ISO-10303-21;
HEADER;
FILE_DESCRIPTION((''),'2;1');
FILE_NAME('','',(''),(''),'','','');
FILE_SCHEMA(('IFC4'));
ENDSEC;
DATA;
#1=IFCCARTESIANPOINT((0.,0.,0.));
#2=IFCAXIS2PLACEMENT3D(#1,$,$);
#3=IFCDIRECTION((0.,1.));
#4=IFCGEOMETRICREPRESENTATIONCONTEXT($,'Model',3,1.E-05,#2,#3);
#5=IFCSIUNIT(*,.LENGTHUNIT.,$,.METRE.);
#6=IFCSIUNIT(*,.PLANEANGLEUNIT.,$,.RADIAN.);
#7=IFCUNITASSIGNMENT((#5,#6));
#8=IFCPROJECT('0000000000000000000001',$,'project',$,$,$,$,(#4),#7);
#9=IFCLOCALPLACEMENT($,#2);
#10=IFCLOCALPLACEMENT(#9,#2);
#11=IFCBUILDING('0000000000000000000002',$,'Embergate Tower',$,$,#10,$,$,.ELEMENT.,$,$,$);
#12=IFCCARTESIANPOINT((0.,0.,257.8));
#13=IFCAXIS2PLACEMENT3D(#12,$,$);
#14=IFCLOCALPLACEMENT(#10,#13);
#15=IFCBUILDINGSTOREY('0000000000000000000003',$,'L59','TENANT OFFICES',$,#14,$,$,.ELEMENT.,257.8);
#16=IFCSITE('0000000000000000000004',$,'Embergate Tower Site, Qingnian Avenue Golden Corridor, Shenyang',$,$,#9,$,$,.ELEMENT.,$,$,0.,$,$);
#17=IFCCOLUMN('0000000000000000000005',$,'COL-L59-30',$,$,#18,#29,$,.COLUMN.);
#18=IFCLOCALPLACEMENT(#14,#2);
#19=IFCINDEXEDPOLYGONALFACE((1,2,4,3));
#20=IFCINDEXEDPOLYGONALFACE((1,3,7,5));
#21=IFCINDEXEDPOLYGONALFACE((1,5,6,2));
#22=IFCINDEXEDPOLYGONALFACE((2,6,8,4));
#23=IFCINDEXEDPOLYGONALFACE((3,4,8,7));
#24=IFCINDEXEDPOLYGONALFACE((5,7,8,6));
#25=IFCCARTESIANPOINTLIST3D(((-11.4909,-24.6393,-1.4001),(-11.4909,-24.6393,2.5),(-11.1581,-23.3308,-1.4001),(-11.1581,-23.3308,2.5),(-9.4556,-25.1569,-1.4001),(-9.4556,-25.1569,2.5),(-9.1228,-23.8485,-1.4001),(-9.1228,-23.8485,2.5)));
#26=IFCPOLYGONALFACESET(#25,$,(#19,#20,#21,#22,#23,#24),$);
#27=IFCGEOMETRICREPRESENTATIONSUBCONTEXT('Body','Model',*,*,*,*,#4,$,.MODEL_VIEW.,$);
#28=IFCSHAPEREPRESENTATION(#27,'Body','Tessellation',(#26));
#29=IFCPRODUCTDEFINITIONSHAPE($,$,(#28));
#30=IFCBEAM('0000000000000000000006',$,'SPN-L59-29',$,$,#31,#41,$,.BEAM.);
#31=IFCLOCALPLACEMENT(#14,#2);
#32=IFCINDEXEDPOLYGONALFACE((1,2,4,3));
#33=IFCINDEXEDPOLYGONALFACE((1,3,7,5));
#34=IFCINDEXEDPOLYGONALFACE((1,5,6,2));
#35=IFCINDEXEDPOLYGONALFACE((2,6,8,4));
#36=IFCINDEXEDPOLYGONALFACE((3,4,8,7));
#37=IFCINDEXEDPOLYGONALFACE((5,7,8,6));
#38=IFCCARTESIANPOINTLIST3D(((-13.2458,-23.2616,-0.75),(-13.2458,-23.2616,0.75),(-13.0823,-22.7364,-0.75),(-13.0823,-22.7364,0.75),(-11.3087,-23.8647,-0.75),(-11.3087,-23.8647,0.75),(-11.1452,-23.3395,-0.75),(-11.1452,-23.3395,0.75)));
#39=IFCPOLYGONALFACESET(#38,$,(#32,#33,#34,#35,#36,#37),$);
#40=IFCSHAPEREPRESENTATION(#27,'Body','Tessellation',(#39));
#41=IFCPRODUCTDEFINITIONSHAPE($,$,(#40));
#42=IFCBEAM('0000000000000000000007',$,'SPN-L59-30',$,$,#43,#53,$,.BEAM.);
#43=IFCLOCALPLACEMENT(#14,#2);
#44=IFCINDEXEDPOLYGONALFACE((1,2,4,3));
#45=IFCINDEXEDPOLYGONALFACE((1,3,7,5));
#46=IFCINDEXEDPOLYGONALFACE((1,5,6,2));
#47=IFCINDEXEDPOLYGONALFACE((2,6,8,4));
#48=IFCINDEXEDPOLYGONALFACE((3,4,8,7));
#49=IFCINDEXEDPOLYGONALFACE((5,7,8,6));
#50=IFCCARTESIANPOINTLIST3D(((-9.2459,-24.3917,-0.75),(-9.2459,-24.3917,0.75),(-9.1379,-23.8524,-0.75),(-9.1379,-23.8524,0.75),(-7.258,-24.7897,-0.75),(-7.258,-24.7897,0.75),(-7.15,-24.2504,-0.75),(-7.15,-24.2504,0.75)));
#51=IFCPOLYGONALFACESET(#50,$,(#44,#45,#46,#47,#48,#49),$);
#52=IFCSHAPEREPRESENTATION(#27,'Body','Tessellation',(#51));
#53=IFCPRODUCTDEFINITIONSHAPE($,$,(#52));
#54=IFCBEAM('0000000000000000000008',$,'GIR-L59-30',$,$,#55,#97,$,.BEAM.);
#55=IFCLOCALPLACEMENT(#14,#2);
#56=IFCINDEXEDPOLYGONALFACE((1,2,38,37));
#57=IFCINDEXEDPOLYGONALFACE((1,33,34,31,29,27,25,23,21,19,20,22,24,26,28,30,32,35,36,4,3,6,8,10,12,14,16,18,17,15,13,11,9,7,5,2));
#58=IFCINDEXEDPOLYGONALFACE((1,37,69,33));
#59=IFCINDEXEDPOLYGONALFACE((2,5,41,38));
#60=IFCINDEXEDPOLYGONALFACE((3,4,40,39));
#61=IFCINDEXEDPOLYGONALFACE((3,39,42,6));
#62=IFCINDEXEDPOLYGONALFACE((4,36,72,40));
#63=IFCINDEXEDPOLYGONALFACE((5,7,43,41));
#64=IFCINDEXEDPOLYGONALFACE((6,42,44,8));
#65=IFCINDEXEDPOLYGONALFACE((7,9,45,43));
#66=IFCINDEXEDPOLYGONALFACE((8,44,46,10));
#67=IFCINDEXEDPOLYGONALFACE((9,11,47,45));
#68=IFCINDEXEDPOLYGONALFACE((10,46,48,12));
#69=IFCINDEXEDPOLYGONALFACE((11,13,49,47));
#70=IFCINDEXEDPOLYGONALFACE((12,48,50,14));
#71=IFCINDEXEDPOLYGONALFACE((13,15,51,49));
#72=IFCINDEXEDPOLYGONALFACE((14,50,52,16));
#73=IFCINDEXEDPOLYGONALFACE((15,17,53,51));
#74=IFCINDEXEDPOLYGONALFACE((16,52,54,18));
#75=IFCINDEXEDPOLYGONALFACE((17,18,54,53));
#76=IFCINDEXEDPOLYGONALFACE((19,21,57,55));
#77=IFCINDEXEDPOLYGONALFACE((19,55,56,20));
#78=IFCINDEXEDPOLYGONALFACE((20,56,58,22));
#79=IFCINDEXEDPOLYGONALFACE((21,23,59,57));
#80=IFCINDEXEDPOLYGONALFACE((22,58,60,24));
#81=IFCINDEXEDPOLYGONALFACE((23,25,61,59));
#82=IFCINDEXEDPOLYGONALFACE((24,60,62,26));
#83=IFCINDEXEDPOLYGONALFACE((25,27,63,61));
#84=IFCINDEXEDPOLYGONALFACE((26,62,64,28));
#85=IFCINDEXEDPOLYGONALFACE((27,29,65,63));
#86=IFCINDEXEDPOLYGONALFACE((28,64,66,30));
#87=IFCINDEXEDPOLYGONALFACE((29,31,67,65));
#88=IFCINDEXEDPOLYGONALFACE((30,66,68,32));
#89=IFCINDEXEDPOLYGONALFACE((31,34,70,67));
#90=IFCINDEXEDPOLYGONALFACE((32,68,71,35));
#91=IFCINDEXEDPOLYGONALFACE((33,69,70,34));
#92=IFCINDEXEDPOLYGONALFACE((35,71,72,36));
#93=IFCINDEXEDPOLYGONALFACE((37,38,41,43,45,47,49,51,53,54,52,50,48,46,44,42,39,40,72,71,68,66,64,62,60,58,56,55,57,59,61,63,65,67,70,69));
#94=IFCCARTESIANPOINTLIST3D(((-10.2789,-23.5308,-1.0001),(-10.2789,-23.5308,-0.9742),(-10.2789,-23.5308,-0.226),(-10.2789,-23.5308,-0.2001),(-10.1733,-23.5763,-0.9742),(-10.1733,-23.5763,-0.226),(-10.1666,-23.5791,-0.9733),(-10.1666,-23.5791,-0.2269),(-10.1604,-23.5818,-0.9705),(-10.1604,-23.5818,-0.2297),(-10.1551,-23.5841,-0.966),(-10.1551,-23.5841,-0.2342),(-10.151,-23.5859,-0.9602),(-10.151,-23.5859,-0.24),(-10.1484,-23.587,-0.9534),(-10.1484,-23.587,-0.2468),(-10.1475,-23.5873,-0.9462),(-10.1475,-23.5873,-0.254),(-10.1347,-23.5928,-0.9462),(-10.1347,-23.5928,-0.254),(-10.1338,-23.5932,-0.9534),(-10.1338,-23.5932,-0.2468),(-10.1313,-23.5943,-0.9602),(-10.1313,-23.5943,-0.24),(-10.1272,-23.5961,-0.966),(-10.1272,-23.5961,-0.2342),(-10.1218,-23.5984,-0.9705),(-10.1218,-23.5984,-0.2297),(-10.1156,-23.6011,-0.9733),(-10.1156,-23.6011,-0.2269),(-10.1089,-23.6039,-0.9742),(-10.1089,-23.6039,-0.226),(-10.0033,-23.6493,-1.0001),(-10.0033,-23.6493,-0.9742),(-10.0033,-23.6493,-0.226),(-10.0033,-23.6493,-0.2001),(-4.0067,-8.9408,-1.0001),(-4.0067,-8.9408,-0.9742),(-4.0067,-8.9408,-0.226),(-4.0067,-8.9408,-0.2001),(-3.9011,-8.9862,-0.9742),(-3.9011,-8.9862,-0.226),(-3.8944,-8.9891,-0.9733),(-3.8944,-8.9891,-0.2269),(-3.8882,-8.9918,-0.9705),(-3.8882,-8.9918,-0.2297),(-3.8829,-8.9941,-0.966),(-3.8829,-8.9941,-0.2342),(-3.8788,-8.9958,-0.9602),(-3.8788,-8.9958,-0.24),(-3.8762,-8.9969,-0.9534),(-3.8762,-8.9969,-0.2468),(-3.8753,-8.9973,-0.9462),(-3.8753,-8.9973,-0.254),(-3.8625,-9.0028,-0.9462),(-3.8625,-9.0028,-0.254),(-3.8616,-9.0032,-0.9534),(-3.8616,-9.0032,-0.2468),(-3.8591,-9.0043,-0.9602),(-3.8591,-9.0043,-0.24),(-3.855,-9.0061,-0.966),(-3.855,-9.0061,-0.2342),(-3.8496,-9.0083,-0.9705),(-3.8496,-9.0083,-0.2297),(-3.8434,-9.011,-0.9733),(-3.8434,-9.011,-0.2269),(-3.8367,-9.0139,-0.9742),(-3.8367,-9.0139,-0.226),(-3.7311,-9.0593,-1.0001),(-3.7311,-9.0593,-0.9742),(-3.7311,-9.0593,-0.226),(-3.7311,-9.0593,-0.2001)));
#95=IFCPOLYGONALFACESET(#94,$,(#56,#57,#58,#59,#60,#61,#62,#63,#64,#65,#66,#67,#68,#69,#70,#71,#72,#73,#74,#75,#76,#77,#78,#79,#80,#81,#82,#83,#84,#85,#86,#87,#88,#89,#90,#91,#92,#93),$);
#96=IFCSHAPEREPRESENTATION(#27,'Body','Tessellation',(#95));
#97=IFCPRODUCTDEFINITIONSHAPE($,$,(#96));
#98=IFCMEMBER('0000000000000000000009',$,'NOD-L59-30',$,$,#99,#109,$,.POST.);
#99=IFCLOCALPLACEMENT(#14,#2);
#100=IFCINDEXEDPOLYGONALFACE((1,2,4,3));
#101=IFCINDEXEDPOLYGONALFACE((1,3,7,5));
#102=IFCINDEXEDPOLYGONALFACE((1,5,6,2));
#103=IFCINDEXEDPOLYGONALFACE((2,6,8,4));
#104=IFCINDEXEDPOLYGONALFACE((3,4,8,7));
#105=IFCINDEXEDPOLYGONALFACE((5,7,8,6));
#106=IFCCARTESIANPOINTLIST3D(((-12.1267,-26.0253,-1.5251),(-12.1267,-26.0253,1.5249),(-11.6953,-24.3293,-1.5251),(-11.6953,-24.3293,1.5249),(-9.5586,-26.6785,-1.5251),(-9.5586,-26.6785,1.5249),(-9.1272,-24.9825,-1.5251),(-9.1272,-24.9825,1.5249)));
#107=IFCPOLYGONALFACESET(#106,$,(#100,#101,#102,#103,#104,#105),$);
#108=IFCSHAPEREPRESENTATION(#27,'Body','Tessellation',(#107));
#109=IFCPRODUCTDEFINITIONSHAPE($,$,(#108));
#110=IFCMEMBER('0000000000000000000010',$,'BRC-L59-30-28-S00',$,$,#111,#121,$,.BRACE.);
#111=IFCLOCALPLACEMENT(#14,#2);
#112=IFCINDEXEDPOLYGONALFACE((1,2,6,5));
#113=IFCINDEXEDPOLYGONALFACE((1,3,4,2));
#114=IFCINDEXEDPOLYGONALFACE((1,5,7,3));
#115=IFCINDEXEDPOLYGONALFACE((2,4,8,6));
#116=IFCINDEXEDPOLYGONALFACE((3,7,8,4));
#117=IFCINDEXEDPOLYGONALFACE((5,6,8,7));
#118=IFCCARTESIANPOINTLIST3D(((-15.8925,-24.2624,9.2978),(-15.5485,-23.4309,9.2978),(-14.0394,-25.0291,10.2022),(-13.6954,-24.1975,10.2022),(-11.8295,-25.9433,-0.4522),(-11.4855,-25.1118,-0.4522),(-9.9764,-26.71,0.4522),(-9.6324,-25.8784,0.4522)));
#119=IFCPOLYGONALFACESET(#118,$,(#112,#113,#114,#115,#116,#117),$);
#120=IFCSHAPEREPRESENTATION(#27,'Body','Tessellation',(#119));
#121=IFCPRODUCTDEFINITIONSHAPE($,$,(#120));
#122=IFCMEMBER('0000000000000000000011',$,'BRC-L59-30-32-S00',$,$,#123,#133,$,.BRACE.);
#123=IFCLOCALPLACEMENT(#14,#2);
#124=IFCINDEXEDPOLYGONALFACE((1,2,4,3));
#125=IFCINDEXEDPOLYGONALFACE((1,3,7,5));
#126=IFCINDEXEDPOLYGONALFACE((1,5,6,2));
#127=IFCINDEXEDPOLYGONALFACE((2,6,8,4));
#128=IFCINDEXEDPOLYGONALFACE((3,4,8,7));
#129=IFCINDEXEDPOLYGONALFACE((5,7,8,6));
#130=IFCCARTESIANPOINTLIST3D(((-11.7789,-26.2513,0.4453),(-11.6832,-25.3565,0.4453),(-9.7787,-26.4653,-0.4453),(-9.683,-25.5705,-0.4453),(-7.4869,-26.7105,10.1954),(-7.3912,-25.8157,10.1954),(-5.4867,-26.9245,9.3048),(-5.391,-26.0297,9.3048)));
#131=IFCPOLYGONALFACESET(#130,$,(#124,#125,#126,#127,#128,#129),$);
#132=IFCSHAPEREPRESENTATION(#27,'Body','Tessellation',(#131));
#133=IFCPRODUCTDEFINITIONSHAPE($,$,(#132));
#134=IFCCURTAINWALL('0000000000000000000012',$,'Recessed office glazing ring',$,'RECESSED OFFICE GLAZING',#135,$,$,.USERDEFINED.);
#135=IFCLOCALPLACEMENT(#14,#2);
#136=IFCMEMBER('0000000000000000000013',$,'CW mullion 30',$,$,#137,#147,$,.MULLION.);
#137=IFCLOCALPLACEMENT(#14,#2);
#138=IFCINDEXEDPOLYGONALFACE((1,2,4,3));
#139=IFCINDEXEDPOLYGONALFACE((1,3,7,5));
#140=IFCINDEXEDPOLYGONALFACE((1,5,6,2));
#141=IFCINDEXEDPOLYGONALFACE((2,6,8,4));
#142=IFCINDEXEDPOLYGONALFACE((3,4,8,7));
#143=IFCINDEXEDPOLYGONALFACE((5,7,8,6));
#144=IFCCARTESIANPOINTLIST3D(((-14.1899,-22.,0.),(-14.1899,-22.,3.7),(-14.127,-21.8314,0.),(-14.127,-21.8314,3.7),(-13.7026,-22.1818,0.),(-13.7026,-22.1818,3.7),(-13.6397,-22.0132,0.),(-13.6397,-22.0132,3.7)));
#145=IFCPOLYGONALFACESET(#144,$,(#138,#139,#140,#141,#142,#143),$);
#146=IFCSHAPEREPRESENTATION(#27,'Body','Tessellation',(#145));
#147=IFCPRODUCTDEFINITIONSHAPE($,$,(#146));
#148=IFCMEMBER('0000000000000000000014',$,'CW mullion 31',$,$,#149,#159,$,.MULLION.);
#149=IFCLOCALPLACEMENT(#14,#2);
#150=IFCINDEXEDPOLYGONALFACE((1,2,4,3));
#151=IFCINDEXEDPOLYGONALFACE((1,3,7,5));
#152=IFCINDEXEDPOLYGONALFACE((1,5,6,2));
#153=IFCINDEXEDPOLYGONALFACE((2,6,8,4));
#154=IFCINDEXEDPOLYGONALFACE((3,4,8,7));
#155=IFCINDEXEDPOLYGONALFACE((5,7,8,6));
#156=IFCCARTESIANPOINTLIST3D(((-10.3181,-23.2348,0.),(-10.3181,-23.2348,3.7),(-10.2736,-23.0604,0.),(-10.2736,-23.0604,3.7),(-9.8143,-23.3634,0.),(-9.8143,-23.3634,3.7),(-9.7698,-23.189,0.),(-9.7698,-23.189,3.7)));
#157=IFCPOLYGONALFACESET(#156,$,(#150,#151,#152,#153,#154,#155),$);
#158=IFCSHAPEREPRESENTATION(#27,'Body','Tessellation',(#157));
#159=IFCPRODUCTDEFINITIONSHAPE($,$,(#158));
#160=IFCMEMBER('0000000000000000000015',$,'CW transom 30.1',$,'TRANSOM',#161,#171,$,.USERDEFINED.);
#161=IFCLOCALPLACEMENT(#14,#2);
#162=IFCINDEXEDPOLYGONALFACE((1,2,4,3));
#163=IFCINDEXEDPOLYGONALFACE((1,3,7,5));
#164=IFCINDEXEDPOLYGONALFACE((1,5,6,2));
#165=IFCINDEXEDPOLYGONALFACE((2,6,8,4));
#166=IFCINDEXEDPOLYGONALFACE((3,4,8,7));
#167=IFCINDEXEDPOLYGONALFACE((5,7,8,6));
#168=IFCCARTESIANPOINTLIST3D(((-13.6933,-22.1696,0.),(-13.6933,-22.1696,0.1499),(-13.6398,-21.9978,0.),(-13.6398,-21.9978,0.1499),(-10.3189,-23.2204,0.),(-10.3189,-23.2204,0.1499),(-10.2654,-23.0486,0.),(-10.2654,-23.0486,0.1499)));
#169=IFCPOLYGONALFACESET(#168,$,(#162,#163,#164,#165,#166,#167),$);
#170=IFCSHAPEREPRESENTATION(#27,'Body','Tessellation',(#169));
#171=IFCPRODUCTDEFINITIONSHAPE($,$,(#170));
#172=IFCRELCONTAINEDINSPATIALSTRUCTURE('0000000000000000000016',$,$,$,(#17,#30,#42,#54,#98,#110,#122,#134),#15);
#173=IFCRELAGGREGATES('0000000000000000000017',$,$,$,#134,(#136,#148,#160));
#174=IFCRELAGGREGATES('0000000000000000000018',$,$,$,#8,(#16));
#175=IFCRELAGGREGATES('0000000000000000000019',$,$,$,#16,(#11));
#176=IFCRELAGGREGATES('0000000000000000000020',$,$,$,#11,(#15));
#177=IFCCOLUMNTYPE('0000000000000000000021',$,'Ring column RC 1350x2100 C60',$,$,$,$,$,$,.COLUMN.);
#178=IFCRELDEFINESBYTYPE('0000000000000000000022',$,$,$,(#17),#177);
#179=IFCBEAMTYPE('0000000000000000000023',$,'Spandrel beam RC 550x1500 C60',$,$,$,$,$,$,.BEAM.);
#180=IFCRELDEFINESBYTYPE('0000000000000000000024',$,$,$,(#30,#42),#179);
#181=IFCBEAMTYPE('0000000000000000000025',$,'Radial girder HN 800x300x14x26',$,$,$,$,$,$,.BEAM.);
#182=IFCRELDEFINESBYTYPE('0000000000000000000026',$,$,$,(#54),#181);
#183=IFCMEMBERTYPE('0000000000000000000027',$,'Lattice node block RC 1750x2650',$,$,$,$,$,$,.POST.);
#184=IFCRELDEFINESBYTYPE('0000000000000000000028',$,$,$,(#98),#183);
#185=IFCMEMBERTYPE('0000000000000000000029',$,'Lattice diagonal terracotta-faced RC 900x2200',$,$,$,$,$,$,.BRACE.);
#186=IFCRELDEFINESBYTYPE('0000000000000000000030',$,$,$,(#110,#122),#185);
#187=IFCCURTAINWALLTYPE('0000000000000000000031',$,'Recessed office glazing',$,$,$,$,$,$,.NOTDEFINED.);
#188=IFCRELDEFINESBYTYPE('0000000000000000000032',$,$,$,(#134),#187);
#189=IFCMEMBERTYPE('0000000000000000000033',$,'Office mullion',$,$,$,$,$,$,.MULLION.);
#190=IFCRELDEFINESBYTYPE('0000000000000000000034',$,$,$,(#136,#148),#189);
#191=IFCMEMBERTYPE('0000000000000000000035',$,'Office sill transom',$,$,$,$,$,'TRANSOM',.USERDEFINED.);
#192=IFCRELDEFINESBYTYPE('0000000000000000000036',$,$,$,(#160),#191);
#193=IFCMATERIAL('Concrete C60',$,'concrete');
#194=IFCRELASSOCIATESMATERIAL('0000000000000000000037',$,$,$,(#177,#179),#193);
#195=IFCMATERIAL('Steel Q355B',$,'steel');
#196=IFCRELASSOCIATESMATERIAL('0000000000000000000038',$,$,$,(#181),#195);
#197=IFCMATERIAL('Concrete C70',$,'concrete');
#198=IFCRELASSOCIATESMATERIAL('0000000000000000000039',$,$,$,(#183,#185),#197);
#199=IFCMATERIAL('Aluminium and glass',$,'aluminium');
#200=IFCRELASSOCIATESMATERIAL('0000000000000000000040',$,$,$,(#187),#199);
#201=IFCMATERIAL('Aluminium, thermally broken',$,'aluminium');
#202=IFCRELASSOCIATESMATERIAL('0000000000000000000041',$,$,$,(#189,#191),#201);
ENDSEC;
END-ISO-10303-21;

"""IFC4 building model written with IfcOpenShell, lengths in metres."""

from ifc_helpers import new_model, si_unit, direction, frame, origin, origin_2d, place, context, subcontext, project, spatial, rectangle, i_section, extrude, source, transform, mapped, material, material_profile, profile_set, type_object, element, aggregate, save


model = new_model("IFC4")

# Units and contexts
model_context = context("Model", 3, precision=1e-05, world=origin(), true_north=direction((0.0, 1.0)))
body_context = subcontext(model_context, "Body", "Model", "MODEL_VIEW")
ifc_project = project(units=[si_unit("LENGTHUNIT", "METRE"), si_unit("PLANEANGLEUNIT", "RADIAN")], contexts=[model_context])

# Site, building, storey
site_placement = place(None, origin())
site = spatial("IfcSite", under=ifc_project, at=site_placement, Name="Embergate Tower Site, Qingnian Avenue Golden Corridor, Shenyang", CompositionType="ELEMENT", RefElevation=0.0)
building_placement = place(site_placement, origin())
building = spatial("IfcBuilding", under=site, at=building_placement, Name="Embergate Tower", CompositionType="ELEMENT")
storey_placement = place(building_placement, frame((0.0, 0.0, 257.8)))
storey = spatial("IfcBuildingStorey", under=building, at=storey_placement, Name="L59", Description="TENANT OFFICES", CompositionType="ELEMENT", Elevation=257.8)

# Column
ifc_material_1 = material(Name="Concrete C60", Category="concrete")
ifc_material_profile_1 = material_profile(ifc_material_1, rectangle(XDim=1.3501, YDim=2.1001, at=origin_2d()), Name="RC 1350x2100")
ifc_profile_set_1 = profile_set([ifc_material_profile_1], Name="Concrete C60")
column_type = type_object("IfcColumnType", Name="Ring column RC 1350x2100 C60", PredefinedType="COLUMN", material=ifc_profile_set_1)
shared_shape_1 = source(origin(), body_context, "Body", "SweptSolid", [
    extrude(rectangle(XDim=1.3501, YDim=2.1001, at=origin_2d()), origin(), (0.0, 0.0, 1.0), 3.9001),
])
column_placement = place(storey_placement, frame((-10.3069, -24.2439, -1.4001), z_axis=(0.0, 0.0, 1.0), x_axis=(-0.246492, -0.969145, 0.0)))
element("IfcColumn", 1, at=column_placement, inside=storey, type_object=column_type, Name="COL-L59-30", PredefinedType="COLUMN", context=body_context, shape_type="MappedRepresentation", body=[
    mapped(shared_shape_1, transform((0.0, 0.0, 0.0))),
])

# Beams
ifc_material_profile_2 = material_profile(ifc_material_1, rectangle(XDim=0.55, YDim=1.5, at=origin_2d()), Name="RC 550x1500")
ifc_profile_set_2 = profile_set([ifc_material_profile_2], Name="Concrete C60")
beam_type_1 = type_object("IfcBeamType", Name="Spandrel beam RC 550x1500 C60", PredefinedType="BEAM", material=ifc_profile_set_2)
shared_shape_2 = source(origin(), body_context, "Body", "SweptSolid", [
    extrude(rectangle(XDim=0.55, YDim=1.5, at=origin_2d()), origin(), (0.0, 0.0, 1.0), 2.0288),
])
beam_1_placement = place(storey_placement, frame((-13.1641, -22.999, 0.0), z_axis=(0.954801, -0.297247, 0.0), x_axis=(0.297247, 0.954801, 0.0)))
element("IfcBeam", 2, at=beam_1_placement, inside=storey, type_object=beam_type_1, Name="SPN-L59-29", PredefinedType="BEAM", context=body_context, shape_type="MappedRepresentation", body=[
    mapped(shared_shape_2, transform((0.0, 0.0, 0.0))),
])
shared_shape_3 = source(origin(), body_context, "Body", "SweptSolid", [
    extrude(rectangle(XDim=0.55, YDim=1.5, at=origin_2d()), origin(), (0.0, 0.0, 1.0), 2.0273),
])
beam_2_placement = place(storey_placement, frame((-9.1919, -24.1221, 0.0), z_axis=(0.980544, -0.196301, 0.0), x_axis=(0.196301, 0.980544, 0.0)))
element("IfcBeam", 3, at=beam_2_placement, inside=storey, type_object=beam_type_1, Name="SPN-L59-30", PredefinedType="BEAM", context=body_context, shape_type="MappedRepresentation", body=[
    mapped(shared_shape_3, transform((0.0, 0.0, 0.0))),
])
ifc_material_2 = material(Name="Steel Q355B", Category="steel")
ifc_material_profile_3 = material_profile(ifc_material_2, i_section(OverallWidth=0.3, OverallDepth=0.8, WebThickness=0.0139, FlangeThickness=0.0259, FilletRadius=0.0281, at=origin_2d()), Name="HN 800x300x14x26")
ifc_profile_set_3 = profile_set([ifc_material_profile_3], Name="Steel Q355 grade B")
beam_type_2 = type_object("IfcBeamType", Name="Radial girder HN 800x300x14x26", PredefinedType="BEAM", material=ifc_profile_set_3)
shared_shape_4 = source(origin(), body_context, "Body", "SweptSolid", [
    extrude(i_section(OverallWidth=0.3, OverallDepth=0.8, WebThickness=0.0139, FlangeThickness=0.0259, FilletRadius=0.0281, at=origin_2d()), origin(), (0.0, 0.0, 1.0), 15.8811),
])
beam_3_placement = place(storey_placement, frame((-10.1411, -23.5901, -0.6001), z_axis=(0.394947, 0.918704, 0.0), x_axis=(-0.918704, 0.394947, 0.0)))
element("IfcBeam", 4, at=beam_3_placement, inside=storey, type_object=beam_type_2, Name="GIR-L59-30", PredefinedType="BEAM", context=body_context, shape_type="MappedRepresentation", body=[
    mapped(shared_shape_4, transform((0.0, 0.0, 0.0))),
])

# Members
ifc_material_3 = material(Name="Concrete C70", Category="concrete")
ifc_material_profile_4 = material_profile(ifc_material_3, rectangle(XDim=1.75, YDim=2.6499, at=origin_2d()), Name="RC 1750x2650")
ifc_profile_set_4 = profile_set([ifc_material_profile_4], Name="Concrete C70")
member_type_1 = type_object("IfcMemberType", Name="Lattice node block RC 1750x2650", PredefinedType="POST", material=ifc_profile_set_4)
shared_shape_5 = source(origin(), body_context, "Body", "SweptSolid", [
    extrude(rectangle(XDim=1.75, YDim=2.6499, at=origin_2d()), origin(), (0.0, 0.0, 1.0), 3.05),
])
member_1_placement = place(storey_placement, frame((-10.627, -25.5039, -1.5251), z_axis=(0.0, 0.0, 1.0), x_axis=(-0.246492, -0.969145, 0.0)))
element("IfcMember", 5, at=member_1_placement, inside=storey, type_object=member_type_1, Name="NOD-L59-30", PredefinedType="POST", context=body_context, shape_type="MappedRepresentation", body=[
    mapped(shared_shape_5, transform((0.0, 0.0, 0.0))),
])
ifc_material_profile_5 = material_profile(ifc_material_3, rectangle(XDim=0.8999, YDim=2.2, at=origin_2d()), Name="RC 900x2200")
ifc_profile_set_5 = profile_set([ifc_material_profile_5], Name="Concrete C70")
member_type_2 = type_object("IfcMemberType", Name="Lattice diagonal terracotta-faced RC 900x2200", PredefinedType="BRACE", material=ifc_profile_set_5)
shared_shape_6 = source(origin(), body_context, "Body", "SweptSolid", [
    extrude(rectangle(XDim=0.8999, YDim=2.2, at=origin_2d()), origin(), (0.0, 0.0, 1.0), 10.6956),
])
member_2_placement = place(storey_placement, frame((-10.731, -25.9109, 0.0), z_axis=(-0.379875, 0.157159, 0.91159), x_axis=(-0.382288, -0.924043, 0.0)))
element("IfcMember", 6, at=member_2_placement, inside=storey, type_object=member_type_2, Name="BRC-L59-30-28-S00", PredefinedType="BRACE", context=body_context, shape_type="MappedRepresentation", body=[
    mapped(shared_shape_6, transform((0.0, 0.0, 0.0))),
])
shared_shape_7 = source(origin(), body_context, "Body", "SweptSolid", [
    extrude(rectangle(XDim=0.8999, YDim=2.2, at=origin_2d()), origin(), (0.0, 0.0, 1.0), 10.6628),
])
member_3_placement = place(storey_placement, frame((-10.731, -25.9109, 0.0), z_axis=(0.402521, -0.043068, 0.914397), x_axis=(0.106389, 0.994325, 0.0)))
element("IfcMember", 7, at=member_3_placement, inside=storey, type_object=member_type_2, Name="BRC-L59-30-32-S00", PredefinedType="BRACE", context=body_context, shape_type="MappedRepresentation", body=[
    mapped(shared_shape_7, transform((0.0, 0.0, 0.0))),
])

# Curtain wall, members
ifc_material_4 = material(Name="Aluminium and glass", Category="aluminium")
curtain_wall_type = type_object("IfcCurtainWallType", Name="Recessed office glazing", PredefinedType="NOTDEFINED", material=ifc_material_4)
curtain_wall_placement = place(storey_placement, origin())
curtain_wall = element("IfcCurtainWall", 8, at=curtain_wall_placement, inside=storey, type_object=curtain_wall_type, Name="Recessed office glazing ring", ObjectType="RECESSED OFFICE GLAZING", PredefinedType="USERDEFINED")
ifc_material_5 = material(Name="Aluminium, thermally broken", Category="aluminium")
ifc_material_profile_6 = material_profile(ifc_material_5, rectangle(XDim=0.1799, YDim=0.52, at=origin_2d()), Name="AL 520x180")
ifc_profile_set_6 = profile_set([ifc_material_profile_6], Name="Aluminium, thermally broken")
member_type_3 = type_object("IfcMemberType", Name="Office mullion", PredefinedType="MULLION", material=ifc_profile_set_6)
shared_shape_8 = source(origin(), body_context, "Body", "SweptSolid", [
    extrude(rectangle(XDim=0.1799, YDim=0.52, at=origin_2d()), origin(), (0.0, 0.0, 1.0), 3.7),
])
member_4_placement = place(storey_placement, frame((-13.9148, -22.0066, 0.0), z_axis=(0.0, 0.0, 1.0), x_axis=(0.349498, 0.936937, 0.0)))
member_4 = element("IfcMember", 9, at=member_4_placement, type_object=member_type_3, Name="CW mullion 30", PredefinedType="MULLION", context=body_context, shape_type="MappedRepresentation", body=[
    mapped(shared_shape_8, transform((0.0, 0.0, 0.0))),
])
member_5_placement = place(storey_placement, frame((-10.0439, -23.2119, 0.0), z_axis=(0.0, 0.0, 1.0), x_axis=(0.247308, 0.968937, 0.0)))
member_5 = element("IfcMember", 10, at=member_5_placement, type_object=member_type_3, Name="CW mullion 31", PredefinedType="MULLION", context=body_context, shape_type="MappedRepresentation", body=[
    mapped(shared_shape_8, transform((0.0, 0.0, 0.0))),
])
ifc_material_profile_7 = material_profile(ifc_material_5, rectangle(XDim=0.1799, YDim=0.1499, at=origin_2d()), Name="AL 150x180")
ifc_profile_set_7 = profile_set([ifc_material_profile_7], Name="Aluminium, thermally broken")
member_type_4 = type_object("IfcMemberType", Name="Office sill transom", ElementType="TRANSOM", PredefinedType="USERDEFINED", material=ifc_profile_set_7)
shared_shape_9 = source(origin(), body_context, "Body", "SweptSolid", [
    extrude(rectangle(XDim=0.1799, YDim=0.1499, at=origin_2d()), origin(), (0.0, 0.0, 1.0), 3.5342),
])
member_6_placement = place(storey_placement, frame((-13.6665, -22.0837, 0.075), z_axis=(0.954776, -0.297327, 0.0), x_axis=(0.297327, 0.954776, 0.0)))
member_6 = element("IfcMember", 11, at=member_6_placement, type_object=member_type_4, Name="CW transom 30.1", ObjectType="TRANSOM", PredefinedType="USERDEFINED", context=body_context, shape_type="MappedRepresentation", body=[
    mapped(shared_shape_9, transform((0.0, 0.0, 0.0))),
])
aggregate(curtain_wall, [member_4, member_5, member_6])

save(model, "model.ifc")
